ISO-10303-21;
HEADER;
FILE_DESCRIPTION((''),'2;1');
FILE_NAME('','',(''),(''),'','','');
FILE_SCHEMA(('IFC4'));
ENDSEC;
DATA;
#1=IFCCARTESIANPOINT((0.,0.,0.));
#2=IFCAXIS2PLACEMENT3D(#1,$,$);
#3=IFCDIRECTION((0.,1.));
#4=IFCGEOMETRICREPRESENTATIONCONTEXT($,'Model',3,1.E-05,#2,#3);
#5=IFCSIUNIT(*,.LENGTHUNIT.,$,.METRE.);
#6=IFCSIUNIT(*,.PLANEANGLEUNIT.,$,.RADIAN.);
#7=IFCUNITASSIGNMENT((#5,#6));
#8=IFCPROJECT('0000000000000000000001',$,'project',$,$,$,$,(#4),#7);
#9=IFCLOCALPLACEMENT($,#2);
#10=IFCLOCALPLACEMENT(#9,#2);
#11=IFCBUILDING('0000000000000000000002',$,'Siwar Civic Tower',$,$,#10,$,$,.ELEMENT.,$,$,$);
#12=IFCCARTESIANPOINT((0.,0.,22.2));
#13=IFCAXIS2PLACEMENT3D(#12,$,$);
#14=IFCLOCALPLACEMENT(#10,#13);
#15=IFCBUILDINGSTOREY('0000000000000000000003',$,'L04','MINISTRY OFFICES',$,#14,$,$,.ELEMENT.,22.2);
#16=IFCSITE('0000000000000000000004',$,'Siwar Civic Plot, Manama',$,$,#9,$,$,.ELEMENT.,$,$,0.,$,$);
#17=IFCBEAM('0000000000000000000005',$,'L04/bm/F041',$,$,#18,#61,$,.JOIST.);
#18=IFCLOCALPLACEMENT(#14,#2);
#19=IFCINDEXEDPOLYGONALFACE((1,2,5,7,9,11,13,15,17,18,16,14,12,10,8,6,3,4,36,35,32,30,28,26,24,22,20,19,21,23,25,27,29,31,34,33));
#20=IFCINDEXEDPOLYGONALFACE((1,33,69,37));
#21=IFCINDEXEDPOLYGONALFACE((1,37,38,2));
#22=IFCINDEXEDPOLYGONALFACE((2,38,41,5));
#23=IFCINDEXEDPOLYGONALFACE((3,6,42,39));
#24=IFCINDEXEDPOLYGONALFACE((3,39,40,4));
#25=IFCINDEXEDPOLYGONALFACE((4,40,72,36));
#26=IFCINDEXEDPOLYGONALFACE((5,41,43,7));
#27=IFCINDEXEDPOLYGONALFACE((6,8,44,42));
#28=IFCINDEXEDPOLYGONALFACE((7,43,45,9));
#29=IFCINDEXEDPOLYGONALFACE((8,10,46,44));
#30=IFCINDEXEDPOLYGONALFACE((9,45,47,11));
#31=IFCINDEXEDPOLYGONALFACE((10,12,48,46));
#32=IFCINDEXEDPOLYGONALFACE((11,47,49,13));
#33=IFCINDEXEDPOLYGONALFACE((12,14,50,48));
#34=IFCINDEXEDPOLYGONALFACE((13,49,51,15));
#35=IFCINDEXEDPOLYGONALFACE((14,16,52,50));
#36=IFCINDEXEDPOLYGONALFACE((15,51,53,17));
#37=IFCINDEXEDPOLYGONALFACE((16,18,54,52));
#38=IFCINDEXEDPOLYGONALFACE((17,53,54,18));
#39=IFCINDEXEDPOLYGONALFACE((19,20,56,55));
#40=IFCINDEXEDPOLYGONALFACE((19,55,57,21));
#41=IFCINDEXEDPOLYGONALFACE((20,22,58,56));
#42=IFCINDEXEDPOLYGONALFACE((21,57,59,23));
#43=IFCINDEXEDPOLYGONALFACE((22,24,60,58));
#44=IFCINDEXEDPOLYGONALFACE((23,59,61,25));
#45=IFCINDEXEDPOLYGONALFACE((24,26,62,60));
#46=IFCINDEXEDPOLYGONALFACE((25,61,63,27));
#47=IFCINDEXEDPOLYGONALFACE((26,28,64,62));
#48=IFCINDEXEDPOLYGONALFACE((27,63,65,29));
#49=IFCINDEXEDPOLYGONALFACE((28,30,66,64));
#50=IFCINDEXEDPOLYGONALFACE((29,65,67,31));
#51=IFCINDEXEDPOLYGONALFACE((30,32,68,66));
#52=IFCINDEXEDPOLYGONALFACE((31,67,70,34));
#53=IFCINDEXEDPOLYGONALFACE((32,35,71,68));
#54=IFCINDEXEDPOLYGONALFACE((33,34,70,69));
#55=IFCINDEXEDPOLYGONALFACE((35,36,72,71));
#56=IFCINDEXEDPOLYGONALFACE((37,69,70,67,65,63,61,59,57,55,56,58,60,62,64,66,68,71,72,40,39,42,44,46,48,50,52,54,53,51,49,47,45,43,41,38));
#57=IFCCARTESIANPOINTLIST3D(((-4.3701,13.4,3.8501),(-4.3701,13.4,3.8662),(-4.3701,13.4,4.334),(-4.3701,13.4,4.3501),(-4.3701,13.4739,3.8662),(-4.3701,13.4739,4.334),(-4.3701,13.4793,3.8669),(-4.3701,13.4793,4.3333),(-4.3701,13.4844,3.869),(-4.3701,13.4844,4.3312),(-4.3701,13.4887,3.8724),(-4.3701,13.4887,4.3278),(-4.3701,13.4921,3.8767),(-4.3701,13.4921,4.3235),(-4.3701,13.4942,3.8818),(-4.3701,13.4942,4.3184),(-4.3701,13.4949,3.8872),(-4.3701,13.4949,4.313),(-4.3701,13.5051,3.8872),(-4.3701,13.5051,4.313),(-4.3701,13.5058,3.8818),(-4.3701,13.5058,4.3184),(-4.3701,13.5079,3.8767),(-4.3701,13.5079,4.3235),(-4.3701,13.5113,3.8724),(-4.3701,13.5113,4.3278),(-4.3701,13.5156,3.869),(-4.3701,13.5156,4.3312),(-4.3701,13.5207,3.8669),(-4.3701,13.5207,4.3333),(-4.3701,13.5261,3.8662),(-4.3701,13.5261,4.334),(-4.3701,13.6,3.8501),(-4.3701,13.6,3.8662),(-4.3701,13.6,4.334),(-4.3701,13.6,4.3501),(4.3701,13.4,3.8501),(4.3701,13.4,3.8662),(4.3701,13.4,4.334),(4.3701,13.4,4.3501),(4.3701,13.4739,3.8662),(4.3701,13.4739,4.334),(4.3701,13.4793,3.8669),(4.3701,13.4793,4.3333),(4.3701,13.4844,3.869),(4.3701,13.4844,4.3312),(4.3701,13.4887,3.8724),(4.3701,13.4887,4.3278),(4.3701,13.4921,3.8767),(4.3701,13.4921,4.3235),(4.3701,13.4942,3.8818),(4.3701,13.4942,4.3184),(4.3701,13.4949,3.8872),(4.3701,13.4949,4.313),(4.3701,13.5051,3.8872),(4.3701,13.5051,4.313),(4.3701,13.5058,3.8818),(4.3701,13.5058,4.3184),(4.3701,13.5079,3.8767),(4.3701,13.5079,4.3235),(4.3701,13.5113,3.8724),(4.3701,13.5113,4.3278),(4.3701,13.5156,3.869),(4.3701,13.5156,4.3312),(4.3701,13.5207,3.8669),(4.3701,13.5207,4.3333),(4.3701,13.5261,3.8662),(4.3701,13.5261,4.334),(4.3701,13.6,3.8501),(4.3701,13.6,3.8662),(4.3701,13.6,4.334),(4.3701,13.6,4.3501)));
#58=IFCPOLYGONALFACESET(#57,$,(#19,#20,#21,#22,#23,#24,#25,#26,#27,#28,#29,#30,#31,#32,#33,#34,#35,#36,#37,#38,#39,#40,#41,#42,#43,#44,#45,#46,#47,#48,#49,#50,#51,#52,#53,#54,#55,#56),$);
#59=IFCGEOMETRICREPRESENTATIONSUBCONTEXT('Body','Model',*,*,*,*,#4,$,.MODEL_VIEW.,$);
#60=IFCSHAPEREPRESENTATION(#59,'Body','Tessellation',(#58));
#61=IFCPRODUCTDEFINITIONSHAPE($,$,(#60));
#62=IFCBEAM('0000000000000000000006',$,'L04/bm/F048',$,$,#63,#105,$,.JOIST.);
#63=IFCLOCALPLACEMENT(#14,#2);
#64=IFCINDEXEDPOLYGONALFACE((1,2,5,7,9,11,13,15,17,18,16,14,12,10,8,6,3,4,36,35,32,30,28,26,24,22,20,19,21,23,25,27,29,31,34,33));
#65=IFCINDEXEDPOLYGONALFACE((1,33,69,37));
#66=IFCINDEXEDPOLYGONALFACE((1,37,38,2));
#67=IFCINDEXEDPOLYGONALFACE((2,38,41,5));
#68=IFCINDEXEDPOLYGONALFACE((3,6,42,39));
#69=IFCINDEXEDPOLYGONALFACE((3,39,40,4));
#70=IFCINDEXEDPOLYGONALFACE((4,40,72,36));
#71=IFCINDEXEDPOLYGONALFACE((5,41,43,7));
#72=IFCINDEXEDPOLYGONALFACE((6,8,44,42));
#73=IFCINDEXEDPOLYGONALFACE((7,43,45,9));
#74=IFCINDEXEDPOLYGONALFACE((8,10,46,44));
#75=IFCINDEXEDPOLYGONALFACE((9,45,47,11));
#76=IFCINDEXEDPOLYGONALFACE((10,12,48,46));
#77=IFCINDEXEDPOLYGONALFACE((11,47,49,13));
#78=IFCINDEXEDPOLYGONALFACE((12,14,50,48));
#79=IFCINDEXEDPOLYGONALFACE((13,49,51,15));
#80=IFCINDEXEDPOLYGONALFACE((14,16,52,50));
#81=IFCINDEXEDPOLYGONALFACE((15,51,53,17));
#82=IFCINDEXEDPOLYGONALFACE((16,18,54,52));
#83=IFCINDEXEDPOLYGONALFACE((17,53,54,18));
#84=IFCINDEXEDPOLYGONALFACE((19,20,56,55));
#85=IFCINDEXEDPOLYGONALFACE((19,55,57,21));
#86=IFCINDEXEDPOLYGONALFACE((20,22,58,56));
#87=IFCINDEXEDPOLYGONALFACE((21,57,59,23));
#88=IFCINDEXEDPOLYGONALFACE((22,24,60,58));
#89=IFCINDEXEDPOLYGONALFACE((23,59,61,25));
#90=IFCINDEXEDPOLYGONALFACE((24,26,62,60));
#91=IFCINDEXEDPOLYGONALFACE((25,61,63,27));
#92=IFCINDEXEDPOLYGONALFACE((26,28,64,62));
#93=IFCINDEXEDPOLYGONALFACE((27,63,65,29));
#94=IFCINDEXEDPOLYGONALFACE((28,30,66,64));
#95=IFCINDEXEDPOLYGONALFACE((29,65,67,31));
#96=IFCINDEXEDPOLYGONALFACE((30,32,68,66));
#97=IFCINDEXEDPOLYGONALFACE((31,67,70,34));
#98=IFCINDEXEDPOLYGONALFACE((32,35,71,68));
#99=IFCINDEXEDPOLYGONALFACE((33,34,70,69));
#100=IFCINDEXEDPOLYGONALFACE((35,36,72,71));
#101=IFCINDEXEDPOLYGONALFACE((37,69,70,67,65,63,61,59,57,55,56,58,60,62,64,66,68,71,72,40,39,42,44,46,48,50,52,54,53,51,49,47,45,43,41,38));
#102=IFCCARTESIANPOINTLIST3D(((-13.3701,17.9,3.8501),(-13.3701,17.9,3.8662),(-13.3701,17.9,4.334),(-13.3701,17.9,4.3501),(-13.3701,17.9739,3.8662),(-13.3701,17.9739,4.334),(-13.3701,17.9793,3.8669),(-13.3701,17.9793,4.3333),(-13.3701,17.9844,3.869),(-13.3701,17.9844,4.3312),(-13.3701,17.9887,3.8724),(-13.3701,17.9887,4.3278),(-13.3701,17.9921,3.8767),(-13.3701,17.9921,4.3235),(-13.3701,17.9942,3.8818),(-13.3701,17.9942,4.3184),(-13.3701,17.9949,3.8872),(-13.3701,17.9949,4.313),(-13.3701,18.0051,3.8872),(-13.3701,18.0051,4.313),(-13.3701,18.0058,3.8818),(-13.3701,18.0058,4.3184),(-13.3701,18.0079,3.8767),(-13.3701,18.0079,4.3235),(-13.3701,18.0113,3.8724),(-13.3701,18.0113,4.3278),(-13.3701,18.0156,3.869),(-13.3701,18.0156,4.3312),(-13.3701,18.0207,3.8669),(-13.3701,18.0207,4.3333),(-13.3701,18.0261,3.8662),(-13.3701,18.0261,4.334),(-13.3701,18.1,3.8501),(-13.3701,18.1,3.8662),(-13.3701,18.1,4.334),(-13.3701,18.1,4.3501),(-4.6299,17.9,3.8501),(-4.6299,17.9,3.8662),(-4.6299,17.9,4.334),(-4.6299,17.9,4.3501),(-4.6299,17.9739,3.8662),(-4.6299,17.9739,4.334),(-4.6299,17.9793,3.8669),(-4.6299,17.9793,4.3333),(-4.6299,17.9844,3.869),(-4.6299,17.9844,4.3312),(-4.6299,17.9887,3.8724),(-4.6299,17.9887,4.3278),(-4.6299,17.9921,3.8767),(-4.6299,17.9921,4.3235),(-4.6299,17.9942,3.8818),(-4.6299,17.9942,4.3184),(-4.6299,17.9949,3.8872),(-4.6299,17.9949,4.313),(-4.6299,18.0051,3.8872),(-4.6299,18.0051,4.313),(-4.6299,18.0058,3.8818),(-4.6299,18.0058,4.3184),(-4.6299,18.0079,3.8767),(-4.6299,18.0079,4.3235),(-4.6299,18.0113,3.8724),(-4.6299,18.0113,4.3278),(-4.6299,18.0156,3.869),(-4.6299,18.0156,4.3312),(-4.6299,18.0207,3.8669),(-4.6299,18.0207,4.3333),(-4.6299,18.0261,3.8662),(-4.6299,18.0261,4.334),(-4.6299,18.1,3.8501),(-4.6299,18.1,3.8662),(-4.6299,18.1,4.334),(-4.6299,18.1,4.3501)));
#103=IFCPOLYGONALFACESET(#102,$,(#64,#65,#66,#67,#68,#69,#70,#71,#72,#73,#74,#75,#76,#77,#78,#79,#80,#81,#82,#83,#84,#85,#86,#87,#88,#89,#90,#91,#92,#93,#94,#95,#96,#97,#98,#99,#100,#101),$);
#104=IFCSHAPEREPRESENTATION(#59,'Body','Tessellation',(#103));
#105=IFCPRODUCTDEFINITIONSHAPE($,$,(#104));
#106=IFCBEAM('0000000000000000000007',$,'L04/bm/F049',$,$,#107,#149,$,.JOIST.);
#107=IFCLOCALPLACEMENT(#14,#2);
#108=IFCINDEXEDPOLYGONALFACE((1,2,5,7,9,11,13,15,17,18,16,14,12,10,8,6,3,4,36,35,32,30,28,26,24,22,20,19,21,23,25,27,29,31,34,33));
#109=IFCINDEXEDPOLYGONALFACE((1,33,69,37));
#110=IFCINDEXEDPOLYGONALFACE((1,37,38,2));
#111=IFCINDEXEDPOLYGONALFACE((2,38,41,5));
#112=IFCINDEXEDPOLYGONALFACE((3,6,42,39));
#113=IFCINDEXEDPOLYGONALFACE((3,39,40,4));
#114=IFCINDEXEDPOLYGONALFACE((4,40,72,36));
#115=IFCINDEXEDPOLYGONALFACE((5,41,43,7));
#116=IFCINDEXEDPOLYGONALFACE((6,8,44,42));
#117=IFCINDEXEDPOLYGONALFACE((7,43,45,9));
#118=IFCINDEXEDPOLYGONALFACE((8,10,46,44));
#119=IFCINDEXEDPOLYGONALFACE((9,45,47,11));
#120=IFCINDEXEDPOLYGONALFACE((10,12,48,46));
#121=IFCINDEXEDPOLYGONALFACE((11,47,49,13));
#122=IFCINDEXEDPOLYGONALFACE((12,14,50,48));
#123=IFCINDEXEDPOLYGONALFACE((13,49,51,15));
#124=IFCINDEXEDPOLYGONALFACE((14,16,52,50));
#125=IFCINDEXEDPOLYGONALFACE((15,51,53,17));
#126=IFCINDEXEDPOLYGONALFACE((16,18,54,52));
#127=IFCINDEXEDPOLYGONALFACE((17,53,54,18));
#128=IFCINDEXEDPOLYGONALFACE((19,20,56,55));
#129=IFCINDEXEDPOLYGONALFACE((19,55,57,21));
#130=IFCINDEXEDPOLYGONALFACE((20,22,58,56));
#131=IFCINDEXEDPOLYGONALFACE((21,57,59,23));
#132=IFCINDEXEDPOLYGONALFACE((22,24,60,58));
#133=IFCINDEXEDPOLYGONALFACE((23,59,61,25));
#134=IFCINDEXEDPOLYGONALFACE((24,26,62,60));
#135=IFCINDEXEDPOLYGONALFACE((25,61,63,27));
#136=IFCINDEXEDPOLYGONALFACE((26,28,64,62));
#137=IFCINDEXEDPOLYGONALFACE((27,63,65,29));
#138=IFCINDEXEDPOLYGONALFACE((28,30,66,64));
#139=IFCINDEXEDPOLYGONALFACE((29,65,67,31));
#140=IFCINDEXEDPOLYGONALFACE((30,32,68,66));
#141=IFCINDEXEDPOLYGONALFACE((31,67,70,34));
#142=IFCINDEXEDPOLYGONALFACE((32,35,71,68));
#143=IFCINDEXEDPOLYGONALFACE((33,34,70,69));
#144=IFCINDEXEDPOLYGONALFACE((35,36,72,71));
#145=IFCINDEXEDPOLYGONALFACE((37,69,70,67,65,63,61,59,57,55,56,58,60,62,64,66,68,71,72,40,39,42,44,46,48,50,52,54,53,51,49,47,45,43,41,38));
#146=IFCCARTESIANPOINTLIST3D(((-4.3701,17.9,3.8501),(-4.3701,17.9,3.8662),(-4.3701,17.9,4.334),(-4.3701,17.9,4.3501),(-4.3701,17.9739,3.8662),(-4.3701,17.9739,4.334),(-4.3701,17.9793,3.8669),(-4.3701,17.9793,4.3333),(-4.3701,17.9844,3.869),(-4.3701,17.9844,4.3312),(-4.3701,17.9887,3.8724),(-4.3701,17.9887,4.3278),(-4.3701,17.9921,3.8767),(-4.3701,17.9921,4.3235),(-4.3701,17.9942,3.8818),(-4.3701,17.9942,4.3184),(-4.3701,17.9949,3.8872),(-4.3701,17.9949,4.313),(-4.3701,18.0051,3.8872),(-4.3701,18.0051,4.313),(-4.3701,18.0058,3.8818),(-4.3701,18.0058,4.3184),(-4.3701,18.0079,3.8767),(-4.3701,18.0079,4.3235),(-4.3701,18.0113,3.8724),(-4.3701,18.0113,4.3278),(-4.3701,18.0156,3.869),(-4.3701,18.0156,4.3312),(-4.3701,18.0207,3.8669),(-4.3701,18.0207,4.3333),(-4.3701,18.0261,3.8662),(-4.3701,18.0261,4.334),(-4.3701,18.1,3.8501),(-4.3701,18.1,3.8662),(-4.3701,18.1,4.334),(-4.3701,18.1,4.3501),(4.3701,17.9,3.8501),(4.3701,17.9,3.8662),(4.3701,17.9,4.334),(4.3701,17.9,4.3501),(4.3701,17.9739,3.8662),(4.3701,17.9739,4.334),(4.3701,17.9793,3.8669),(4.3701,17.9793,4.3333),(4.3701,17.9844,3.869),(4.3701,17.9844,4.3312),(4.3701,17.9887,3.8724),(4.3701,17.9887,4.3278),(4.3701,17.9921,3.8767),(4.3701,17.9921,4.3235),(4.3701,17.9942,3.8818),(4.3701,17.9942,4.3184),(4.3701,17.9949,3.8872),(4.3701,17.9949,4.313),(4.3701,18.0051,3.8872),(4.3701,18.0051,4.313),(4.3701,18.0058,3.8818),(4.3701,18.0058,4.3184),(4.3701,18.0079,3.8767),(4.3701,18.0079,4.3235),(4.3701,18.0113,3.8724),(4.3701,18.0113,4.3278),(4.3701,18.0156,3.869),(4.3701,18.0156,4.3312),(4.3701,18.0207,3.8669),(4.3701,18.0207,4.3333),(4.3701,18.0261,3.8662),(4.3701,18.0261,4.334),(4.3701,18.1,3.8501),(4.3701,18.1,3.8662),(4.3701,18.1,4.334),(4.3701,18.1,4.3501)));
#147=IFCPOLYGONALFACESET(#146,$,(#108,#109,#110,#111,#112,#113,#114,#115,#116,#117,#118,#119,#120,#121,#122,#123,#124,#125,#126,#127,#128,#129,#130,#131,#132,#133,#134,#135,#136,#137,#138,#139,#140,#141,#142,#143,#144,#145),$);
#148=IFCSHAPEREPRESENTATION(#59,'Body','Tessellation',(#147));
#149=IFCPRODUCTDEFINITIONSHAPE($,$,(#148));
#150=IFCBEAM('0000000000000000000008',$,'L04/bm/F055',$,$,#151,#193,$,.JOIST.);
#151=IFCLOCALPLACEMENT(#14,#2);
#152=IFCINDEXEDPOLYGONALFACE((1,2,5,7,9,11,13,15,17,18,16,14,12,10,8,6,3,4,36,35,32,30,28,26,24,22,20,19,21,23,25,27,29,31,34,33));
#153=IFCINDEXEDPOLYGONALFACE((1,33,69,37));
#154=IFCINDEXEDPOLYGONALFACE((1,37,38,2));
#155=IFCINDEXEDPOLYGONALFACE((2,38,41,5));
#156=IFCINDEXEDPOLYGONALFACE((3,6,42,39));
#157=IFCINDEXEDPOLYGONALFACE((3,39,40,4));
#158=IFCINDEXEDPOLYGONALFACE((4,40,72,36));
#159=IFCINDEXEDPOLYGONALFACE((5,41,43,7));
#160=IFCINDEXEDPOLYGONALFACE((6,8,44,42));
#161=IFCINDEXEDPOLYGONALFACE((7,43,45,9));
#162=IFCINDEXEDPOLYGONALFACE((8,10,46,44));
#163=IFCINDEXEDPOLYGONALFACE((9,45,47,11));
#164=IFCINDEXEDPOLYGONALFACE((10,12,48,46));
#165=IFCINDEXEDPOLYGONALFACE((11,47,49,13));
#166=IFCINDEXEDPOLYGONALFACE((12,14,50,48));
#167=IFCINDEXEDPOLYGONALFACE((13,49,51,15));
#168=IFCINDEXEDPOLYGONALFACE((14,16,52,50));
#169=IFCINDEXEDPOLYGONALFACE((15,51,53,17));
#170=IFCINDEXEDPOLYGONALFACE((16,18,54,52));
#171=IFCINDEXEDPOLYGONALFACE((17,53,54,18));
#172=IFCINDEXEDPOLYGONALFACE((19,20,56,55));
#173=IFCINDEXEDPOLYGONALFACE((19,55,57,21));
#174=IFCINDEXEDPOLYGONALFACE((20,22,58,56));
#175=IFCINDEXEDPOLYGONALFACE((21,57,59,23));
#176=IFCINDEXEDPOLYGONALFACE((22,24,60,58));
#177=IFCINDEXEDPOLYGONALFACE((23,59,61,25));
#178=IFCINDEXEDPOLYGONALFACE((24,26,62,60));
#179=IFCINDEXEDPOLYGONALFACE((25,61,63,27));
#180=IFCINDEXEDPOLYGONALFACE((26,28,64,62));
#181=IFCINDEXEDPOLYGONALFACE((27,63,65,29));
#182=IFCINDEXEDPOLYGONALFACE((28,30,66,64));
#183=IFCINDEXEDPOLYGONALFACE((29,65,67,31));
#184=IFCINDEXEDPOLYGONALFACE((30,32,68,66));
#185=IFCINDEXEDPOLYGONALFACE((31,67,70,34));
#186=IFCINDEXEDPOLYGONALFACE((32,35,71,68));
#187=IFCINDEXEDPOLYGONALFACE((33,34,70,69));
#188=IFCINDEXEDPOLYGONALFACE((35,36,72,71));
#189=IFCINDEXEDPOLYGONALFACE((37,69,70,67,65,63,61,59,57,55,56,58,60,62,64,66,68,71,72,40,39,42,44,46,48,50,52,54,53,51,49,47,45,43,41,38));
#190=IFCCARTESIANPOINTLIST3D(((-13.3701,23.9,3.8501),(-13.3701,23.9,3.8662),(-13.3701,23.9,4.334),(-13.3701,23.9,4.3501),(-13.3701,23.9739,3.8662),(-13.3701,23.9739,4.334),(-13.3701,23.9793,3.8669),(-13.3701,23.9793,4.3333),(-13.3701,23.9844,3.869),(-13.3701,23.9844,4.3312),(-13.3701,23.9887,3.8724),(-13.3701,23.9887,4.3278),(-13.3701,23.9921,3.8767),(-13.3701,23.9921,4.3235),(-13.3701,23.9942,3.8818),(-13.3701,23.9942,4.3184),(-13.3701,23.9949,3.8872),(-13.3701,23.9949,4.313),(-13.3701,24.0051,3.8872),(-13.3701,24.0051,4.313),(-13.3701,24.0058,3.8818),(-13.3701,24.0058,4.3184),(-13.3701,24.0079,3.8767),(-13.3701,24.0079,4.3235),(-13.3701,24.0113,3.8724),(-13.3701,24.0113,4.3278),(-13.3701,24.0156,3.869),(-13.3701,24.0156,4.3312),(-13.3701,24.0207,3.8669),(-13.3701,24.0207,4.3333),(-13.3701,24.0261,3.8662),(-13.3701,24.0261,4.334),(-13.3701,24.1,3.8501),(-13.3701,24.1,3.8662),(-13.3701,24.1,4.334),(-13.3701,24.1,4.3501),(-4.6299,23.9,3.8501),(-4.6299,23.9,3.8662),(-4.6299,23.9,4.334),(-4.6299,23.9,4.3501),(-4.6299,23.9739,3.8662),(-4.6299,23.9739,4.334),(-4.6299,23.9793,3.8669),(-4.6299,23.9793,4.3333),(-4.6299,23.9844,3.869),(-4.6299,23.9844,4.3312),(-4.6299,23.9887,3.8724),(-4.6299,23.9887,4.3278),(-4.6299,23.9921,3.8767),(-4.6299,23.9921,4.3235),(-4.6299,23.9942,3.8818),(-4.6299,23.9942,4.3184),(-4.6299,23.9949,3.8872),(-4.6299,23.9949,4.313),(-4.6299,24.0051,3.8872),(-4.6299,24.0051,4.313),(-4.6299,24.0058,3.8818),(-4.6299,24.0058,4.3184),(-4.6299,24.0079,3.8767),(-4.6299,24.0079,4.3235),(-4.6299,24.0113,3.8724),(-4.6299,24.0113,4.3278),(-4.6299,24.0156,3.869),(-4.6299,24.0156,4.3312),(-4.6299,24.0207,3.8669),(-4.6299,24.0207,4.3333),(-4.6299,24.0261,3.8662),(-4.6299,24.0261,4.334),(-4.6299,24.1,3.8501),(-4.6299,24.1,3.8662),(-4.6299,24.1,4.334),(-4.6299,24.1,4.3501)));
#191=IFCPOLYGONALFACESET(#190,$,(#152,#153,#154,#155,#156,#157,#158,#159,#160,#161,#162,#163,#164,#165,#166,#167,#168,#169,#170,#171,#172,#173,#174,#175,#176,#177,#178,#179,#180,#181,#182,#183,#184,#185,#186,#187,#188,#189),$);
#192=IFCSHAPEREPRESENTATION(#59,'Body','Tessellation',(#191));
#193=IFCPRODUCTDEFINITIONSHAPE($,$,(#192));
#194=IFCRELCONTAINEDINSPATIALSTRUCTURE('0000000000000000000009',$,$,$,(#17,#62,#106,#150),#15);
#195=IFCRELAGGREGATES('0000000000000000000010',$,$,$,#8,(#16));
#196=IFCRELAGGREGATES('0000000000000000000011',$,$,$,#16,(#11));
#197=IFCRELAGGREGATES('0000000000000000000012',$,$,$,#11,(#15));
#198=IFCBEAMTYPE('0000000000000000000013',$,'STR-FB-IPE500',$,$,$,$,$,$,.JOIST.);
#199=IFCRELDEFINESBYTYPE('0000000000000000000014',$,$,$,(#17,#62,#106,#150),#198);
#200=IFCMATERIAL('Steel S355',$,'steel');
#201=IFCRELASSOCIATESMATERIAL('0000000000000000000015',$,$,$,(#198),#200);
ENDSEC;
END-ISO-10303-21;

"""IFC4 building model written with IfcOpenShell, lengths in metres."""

from ifc_helpers import new_model, si_unit, direction, frame, origin, origin_2d, place, context, subcontext, project, spatial, i_section, extrude, material, material_profile, profile_set, type_object, element, save


model = new_model("IFC4")

# Units and contexts
model_context = context("Model", 3, precision=1e-05, world=origin(), true_north=direction((0.0, 1.0)))
body_context = subcontext(model_context, "Body", "Model", "MODEL_VIEW")
ifc_project = project(units=[si_unit("LENGTHUNIT", "METRE"), si_unit("PLANEANGLEUNIT", "RADIAN")], contexts=[model_context])

# Site, building, storey
site_placement = place(None, origin())
site = spatial("IfcSite", under=ifc_project, at=site_placement, Name="Siwar Civic Plot, Manama", CompositionType="ELEMENT", RefElevation=0.0)
building_placement = place(site_placement, origin())
building = spatial("IfcBuilding", under=site, at=building_placement, Name="Siwar Civic Tower", CompositionType="ELEMENT")
storey_placement = place(building_placement, frame((0.0, 0.0, 22.2)))
storey = spatial("IfcBuildingStorey", under=building, at=storey_placement, Name="L04", Description="MINISTRY OFFICES", CompositionType="ELEMENT", Elevation=22.2)

# Beams
ifc_material_1 = material(Name="Steel S355", Category="steel")
ifc_material_profile_1 = material_profile(ifc_material_1, i_section(OverallWidth=0.2, OverallDepth=0.5, WebThickness=0.0103, FlangeThickness=0.0161, FilletRadius=0.021, at=origin_2d()), Name="IPE500")
ifc_profile_set_1 = profile_set([ifc_material_profile_1], Name="Steel S355")
beam_type_1 = type_object("IfcBeamType", Name="STR-FB-IPE500", PredefinedType="JOIST", material=ifc_profile_set_1)
for number, where, z_axis, x_axis, name in (
    (1, (-4.3701, 13.5, 4.1001), (1.0, 0.0, 0.0), (0.0, 1.0, 0.0), "L04/bm/F041"),
    (2, (-13.3701, 18.0, 4.1001), (1.0, 0.0, 0.0), (0.0, 1.0, 0.0), "L04/bm/F048"),
    (3, (-4.3701, 18.0, 4.1001), (1.0, 0.0, 0.0), (0.0, 1.0, 0.0), "L04/bm/F049"),
    (4, (-13.3701, 24.0, 4.1001), (1.0, 0.0, 0.0), (0.0, 1.0, 0.0), "L04/bm/F055"),
):
    element("IfcBeam", number, at=place(storey_placement, frame(where, z_axis=z_axis, x_axis=x_axis)), inside=storey, type_object=beam_type_1, Name=name, PredefinedType="JOIST", context=body_context, shape_type="SweptSolid", body=[
        extrude(i_section(OverallWidth=0.2, OverallDepth=0.5, WebThickness=0.0103, FlangeThickness=0.0161, FilletRadius=0.021, at=origin_2d()), origin(), (0.0, 0.0, 1.0), 8.7402),
    ])

save(model, "model.ifc")
